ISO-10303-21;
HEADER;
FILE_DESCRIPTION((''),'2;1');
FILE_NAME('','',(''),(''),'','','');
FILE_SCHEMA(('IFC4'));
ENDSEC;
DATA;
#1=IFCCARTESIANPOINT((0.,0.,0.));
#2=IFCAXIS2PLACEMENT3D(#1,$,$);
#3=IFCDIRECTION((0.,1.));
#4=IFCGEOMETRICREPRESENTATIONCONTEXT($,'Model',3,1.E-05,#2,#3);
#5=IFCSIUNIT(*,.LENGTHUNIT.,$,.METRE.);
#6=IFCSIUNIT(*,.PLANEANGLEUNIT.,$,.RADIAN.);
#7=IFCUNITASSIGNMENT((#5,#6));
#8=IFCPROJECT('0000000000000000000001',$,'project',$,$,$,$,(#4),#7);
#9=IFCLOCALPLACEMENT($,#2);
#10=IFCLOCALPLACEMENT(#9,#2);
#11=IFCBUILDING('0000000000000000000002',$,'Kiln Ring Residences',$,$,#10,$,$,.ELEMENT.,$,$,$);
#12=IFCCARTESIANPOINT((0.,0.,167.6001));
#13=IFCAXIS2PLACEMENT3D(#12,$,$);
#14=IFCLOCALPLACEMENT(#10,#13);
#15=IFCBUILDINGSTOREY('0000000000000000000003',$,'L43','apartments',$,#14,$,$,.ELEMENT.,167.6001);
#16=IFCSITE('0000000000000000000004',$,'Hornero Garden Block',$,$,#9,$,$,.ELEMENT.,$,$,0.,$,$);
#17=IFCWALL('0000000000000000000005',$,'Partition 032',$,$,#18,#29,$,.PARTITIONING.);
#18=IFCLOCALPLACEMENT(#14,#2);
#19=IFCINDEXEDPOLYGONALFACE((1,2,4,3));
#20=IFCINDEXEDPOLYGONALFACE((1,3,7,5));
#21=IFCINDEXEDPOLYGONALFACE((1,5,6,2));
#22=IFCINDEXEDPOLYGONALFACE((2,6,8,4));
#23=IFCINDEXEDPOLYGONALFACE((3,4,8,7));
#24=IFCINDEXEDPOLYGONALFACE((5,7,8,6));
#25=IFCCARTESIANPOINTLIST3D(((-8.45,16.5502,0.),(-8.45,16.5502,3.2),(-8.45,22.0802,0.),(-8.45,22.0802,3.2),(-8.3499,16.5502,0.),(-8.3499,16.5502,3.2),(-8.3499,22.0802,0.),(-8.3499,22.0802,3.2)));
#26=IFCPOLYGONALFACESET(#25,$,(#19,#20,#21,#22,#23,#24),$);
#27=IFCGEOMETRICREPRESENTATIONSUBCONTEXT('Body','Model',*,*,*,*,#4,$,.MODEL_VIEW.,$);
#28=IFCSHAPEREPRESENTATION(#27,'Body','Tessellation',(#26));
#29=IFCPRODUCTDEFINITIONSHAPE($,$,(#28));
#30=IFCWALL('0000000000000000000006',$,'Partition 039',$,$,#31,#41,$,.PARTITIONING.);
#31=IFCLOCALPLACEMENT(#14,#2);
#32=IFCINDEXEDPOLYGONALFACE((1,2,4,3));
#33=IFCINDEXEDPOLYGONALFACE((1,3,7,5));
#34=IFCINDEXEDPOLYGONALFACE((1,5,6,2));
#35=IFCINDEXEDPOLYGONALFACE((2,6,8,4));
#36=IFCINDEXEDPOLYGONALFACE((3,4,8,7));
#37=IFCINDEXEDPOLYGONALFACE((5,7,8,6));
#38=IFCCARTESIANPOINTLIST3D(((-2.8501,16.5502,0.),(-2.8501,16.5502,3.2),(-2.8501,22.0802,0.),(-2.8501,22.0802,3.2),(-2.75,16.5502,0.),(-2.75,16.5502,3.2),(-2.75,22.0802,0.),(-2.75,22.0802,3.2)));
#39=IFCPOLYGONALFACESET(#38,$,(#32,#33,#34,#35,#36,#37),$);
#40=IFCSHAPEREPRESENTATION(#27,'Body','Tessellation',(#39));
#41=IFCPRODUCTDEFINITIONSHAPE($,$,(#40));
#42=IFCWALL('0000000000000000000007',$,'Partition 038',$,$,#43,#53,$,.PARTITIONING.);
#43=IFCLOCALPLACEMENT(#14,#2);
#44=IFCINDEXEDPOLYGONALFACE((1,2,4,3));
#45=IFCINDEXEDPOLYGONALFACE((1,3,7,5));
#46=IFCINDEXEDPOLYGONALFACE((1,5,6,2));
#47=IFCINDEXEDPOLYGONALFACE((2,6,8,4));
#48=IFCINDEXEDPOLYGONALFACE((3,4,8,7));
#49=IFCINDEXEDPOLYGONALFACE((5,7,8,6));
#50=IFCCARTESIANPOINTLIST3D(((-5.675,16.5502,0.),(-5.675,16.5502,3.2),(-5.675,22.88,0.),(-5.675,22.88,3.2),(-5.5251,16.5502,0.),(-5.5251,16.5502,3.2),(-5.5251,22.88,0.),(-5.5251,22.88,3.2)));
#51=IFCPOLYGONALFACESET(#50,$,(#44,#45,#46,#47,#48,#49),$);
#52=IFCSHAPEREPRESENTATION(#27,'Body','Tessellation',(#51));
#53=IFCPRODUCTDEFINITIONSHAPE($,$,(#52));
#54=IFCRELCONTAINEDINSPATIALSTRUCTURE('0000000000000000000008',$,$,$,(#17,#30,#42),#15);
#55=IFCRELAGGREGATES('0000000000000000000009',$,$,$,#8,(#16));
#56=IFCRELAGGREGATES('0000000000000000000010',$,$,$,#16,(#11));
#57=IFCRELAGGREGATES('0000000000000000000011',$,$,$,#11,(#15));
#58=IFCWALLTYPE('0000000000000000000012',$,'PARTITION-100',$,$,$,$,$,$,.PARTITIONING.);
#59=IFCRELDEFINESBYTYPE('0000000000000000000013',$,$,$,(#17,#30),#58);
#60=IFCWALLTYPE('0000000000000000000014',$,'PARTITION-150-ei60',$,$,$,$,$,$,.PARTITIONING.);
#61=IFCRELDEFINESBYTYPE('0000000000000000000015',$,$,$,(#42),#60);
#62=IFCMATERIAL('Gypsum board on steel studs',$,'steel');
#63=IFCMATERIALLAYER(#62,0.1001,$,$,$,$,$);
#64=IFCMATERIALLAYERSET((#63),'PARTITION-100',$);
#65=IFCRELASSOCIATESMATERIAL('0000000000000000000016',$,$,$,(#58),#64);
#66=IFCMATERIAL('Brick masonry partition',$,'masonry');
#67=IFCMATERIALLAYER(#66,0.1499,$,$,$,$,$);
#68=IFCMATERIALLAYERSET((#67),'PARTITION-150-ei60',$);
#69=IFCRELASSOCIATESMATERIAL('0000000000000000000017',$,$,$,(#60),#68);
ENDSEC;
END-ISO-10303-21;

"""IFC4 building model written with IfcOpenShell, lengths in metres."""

from ifc_helpers import new_model, si_unit, direction, frame, frame_2d, origin, place, context, subcontext, project, spatial, rectangle, extrude, material, layer, layer_set, type_object, element, save


model = new_model("IFC4")

# Units and contexts
model_context = context("Model", 3, precision=1e-05, world=origin(), true_north=direction((0.0, 1.0)))
body_context = subcontext(model_context, "Body", "Model", "MODEL_VIEW")
ifc_project = project(units=[si_unit("LENGTHUNIT", "METRE"), si_unit("PLANEANGLEUNIT", "RADIAN")], contexts=[model_context])

# Site, building, storey
site_placement = place(None, origin())
site = spatial("IfcSite", under=ifc_project, at=site_placement, Name="Hornero Garden Block", CompositionType="ELEMENT", RefElevation=0.0)
building_placement = place(site_placement, origin())
building = spatial("IfcBuilding", under=site, at=building_placement, Name="Kiln Ring Residences", CompositionType="ELEMENT")
storey_placement = place(building_placement, frame((0.0, 0.0, 167.6001)))
storey = spatial("IfcBuildingStorey", under=building, at=storey_placement, Name="L43", Description="apartments", CompositionType="ELEMENT", Elevation=167.6001)

# Walls
ifc_material_1 = material(Name="Gypsum board on steel studs", Category="steel")
ifc_layer_1 = layer(ifc_material_1, 0.1001)
ifc_layer_set_1 = layer_set([ifc_layer_1], Name="PARTITION-100")
wall_type_1 = type_object("IfcWallType", Name="PARTITION-100", PredefinedType="PARTITIONING", material=ifc_layer_set_1)
for number, where, z_axis, x_axis, name in (
    (1, (-8.3999, 16.55, 0.0), (0.0, 0.0, 1.0), (0.0, 1.0, 0.0), "Partition 032"),
    (2, (-2.8, 16.55, 0.0), (0.0, 0.0, 1.0), (0.0, 1.0, 0.0), "Partition 039"),
):
    element("IfcWall", number, at=place(storey_placement, frame(where, z_axis=z_axis, x_axis=x_axis)), inside=storey, type_object=wall_type_1, Name=name, PredefinedType="PARTITIONING", context=body_context, shape_type="SweptSolid", body=[
        extrude(rectangle(XDim=5.53, YDim=0.1001, at=frame_2d((2.7651, 0.0))), origin(), (0.0, 0.0, 1.0), 3.2),
    ])
ifc_material_2 = material(Name="Brick masonry partition", Category="masonry")
ifc_layer_2 = layer(ifc_material_2, 0.1499)
ifc_layer_set_2 = layer_set([ifc_layer_2], Name="PARTITION-150-ei60")
wall_type_2 = type_object("IfcWallType", Name="PARTITION-150-ei60", PredefinedType="PARTITIONING", material=ifc_layer_set_2)
wall_1_placement = place(storey_placement, frame((-5.6001, 16.55, 0.0), z_axis=(0.0, 0.0, 1.0), x_axis=(0.0, 1.0, 0.0)))
element("IfcWall", 3, at=wall_1_placement, inside=storey, type_object=wall_type_2, Name="Partition 038", PredefinedType="PARTITIONING", context=body_context, shape_type="SweptSolid", body=[
    extrude(rectangle(XDim=6.3298, YDim=0.1499, at=frame_2d((3.165, 0.0))), origin(), (0.0, 0.0, 1.0), 3.2),
])

save(model, "model.ifc")
